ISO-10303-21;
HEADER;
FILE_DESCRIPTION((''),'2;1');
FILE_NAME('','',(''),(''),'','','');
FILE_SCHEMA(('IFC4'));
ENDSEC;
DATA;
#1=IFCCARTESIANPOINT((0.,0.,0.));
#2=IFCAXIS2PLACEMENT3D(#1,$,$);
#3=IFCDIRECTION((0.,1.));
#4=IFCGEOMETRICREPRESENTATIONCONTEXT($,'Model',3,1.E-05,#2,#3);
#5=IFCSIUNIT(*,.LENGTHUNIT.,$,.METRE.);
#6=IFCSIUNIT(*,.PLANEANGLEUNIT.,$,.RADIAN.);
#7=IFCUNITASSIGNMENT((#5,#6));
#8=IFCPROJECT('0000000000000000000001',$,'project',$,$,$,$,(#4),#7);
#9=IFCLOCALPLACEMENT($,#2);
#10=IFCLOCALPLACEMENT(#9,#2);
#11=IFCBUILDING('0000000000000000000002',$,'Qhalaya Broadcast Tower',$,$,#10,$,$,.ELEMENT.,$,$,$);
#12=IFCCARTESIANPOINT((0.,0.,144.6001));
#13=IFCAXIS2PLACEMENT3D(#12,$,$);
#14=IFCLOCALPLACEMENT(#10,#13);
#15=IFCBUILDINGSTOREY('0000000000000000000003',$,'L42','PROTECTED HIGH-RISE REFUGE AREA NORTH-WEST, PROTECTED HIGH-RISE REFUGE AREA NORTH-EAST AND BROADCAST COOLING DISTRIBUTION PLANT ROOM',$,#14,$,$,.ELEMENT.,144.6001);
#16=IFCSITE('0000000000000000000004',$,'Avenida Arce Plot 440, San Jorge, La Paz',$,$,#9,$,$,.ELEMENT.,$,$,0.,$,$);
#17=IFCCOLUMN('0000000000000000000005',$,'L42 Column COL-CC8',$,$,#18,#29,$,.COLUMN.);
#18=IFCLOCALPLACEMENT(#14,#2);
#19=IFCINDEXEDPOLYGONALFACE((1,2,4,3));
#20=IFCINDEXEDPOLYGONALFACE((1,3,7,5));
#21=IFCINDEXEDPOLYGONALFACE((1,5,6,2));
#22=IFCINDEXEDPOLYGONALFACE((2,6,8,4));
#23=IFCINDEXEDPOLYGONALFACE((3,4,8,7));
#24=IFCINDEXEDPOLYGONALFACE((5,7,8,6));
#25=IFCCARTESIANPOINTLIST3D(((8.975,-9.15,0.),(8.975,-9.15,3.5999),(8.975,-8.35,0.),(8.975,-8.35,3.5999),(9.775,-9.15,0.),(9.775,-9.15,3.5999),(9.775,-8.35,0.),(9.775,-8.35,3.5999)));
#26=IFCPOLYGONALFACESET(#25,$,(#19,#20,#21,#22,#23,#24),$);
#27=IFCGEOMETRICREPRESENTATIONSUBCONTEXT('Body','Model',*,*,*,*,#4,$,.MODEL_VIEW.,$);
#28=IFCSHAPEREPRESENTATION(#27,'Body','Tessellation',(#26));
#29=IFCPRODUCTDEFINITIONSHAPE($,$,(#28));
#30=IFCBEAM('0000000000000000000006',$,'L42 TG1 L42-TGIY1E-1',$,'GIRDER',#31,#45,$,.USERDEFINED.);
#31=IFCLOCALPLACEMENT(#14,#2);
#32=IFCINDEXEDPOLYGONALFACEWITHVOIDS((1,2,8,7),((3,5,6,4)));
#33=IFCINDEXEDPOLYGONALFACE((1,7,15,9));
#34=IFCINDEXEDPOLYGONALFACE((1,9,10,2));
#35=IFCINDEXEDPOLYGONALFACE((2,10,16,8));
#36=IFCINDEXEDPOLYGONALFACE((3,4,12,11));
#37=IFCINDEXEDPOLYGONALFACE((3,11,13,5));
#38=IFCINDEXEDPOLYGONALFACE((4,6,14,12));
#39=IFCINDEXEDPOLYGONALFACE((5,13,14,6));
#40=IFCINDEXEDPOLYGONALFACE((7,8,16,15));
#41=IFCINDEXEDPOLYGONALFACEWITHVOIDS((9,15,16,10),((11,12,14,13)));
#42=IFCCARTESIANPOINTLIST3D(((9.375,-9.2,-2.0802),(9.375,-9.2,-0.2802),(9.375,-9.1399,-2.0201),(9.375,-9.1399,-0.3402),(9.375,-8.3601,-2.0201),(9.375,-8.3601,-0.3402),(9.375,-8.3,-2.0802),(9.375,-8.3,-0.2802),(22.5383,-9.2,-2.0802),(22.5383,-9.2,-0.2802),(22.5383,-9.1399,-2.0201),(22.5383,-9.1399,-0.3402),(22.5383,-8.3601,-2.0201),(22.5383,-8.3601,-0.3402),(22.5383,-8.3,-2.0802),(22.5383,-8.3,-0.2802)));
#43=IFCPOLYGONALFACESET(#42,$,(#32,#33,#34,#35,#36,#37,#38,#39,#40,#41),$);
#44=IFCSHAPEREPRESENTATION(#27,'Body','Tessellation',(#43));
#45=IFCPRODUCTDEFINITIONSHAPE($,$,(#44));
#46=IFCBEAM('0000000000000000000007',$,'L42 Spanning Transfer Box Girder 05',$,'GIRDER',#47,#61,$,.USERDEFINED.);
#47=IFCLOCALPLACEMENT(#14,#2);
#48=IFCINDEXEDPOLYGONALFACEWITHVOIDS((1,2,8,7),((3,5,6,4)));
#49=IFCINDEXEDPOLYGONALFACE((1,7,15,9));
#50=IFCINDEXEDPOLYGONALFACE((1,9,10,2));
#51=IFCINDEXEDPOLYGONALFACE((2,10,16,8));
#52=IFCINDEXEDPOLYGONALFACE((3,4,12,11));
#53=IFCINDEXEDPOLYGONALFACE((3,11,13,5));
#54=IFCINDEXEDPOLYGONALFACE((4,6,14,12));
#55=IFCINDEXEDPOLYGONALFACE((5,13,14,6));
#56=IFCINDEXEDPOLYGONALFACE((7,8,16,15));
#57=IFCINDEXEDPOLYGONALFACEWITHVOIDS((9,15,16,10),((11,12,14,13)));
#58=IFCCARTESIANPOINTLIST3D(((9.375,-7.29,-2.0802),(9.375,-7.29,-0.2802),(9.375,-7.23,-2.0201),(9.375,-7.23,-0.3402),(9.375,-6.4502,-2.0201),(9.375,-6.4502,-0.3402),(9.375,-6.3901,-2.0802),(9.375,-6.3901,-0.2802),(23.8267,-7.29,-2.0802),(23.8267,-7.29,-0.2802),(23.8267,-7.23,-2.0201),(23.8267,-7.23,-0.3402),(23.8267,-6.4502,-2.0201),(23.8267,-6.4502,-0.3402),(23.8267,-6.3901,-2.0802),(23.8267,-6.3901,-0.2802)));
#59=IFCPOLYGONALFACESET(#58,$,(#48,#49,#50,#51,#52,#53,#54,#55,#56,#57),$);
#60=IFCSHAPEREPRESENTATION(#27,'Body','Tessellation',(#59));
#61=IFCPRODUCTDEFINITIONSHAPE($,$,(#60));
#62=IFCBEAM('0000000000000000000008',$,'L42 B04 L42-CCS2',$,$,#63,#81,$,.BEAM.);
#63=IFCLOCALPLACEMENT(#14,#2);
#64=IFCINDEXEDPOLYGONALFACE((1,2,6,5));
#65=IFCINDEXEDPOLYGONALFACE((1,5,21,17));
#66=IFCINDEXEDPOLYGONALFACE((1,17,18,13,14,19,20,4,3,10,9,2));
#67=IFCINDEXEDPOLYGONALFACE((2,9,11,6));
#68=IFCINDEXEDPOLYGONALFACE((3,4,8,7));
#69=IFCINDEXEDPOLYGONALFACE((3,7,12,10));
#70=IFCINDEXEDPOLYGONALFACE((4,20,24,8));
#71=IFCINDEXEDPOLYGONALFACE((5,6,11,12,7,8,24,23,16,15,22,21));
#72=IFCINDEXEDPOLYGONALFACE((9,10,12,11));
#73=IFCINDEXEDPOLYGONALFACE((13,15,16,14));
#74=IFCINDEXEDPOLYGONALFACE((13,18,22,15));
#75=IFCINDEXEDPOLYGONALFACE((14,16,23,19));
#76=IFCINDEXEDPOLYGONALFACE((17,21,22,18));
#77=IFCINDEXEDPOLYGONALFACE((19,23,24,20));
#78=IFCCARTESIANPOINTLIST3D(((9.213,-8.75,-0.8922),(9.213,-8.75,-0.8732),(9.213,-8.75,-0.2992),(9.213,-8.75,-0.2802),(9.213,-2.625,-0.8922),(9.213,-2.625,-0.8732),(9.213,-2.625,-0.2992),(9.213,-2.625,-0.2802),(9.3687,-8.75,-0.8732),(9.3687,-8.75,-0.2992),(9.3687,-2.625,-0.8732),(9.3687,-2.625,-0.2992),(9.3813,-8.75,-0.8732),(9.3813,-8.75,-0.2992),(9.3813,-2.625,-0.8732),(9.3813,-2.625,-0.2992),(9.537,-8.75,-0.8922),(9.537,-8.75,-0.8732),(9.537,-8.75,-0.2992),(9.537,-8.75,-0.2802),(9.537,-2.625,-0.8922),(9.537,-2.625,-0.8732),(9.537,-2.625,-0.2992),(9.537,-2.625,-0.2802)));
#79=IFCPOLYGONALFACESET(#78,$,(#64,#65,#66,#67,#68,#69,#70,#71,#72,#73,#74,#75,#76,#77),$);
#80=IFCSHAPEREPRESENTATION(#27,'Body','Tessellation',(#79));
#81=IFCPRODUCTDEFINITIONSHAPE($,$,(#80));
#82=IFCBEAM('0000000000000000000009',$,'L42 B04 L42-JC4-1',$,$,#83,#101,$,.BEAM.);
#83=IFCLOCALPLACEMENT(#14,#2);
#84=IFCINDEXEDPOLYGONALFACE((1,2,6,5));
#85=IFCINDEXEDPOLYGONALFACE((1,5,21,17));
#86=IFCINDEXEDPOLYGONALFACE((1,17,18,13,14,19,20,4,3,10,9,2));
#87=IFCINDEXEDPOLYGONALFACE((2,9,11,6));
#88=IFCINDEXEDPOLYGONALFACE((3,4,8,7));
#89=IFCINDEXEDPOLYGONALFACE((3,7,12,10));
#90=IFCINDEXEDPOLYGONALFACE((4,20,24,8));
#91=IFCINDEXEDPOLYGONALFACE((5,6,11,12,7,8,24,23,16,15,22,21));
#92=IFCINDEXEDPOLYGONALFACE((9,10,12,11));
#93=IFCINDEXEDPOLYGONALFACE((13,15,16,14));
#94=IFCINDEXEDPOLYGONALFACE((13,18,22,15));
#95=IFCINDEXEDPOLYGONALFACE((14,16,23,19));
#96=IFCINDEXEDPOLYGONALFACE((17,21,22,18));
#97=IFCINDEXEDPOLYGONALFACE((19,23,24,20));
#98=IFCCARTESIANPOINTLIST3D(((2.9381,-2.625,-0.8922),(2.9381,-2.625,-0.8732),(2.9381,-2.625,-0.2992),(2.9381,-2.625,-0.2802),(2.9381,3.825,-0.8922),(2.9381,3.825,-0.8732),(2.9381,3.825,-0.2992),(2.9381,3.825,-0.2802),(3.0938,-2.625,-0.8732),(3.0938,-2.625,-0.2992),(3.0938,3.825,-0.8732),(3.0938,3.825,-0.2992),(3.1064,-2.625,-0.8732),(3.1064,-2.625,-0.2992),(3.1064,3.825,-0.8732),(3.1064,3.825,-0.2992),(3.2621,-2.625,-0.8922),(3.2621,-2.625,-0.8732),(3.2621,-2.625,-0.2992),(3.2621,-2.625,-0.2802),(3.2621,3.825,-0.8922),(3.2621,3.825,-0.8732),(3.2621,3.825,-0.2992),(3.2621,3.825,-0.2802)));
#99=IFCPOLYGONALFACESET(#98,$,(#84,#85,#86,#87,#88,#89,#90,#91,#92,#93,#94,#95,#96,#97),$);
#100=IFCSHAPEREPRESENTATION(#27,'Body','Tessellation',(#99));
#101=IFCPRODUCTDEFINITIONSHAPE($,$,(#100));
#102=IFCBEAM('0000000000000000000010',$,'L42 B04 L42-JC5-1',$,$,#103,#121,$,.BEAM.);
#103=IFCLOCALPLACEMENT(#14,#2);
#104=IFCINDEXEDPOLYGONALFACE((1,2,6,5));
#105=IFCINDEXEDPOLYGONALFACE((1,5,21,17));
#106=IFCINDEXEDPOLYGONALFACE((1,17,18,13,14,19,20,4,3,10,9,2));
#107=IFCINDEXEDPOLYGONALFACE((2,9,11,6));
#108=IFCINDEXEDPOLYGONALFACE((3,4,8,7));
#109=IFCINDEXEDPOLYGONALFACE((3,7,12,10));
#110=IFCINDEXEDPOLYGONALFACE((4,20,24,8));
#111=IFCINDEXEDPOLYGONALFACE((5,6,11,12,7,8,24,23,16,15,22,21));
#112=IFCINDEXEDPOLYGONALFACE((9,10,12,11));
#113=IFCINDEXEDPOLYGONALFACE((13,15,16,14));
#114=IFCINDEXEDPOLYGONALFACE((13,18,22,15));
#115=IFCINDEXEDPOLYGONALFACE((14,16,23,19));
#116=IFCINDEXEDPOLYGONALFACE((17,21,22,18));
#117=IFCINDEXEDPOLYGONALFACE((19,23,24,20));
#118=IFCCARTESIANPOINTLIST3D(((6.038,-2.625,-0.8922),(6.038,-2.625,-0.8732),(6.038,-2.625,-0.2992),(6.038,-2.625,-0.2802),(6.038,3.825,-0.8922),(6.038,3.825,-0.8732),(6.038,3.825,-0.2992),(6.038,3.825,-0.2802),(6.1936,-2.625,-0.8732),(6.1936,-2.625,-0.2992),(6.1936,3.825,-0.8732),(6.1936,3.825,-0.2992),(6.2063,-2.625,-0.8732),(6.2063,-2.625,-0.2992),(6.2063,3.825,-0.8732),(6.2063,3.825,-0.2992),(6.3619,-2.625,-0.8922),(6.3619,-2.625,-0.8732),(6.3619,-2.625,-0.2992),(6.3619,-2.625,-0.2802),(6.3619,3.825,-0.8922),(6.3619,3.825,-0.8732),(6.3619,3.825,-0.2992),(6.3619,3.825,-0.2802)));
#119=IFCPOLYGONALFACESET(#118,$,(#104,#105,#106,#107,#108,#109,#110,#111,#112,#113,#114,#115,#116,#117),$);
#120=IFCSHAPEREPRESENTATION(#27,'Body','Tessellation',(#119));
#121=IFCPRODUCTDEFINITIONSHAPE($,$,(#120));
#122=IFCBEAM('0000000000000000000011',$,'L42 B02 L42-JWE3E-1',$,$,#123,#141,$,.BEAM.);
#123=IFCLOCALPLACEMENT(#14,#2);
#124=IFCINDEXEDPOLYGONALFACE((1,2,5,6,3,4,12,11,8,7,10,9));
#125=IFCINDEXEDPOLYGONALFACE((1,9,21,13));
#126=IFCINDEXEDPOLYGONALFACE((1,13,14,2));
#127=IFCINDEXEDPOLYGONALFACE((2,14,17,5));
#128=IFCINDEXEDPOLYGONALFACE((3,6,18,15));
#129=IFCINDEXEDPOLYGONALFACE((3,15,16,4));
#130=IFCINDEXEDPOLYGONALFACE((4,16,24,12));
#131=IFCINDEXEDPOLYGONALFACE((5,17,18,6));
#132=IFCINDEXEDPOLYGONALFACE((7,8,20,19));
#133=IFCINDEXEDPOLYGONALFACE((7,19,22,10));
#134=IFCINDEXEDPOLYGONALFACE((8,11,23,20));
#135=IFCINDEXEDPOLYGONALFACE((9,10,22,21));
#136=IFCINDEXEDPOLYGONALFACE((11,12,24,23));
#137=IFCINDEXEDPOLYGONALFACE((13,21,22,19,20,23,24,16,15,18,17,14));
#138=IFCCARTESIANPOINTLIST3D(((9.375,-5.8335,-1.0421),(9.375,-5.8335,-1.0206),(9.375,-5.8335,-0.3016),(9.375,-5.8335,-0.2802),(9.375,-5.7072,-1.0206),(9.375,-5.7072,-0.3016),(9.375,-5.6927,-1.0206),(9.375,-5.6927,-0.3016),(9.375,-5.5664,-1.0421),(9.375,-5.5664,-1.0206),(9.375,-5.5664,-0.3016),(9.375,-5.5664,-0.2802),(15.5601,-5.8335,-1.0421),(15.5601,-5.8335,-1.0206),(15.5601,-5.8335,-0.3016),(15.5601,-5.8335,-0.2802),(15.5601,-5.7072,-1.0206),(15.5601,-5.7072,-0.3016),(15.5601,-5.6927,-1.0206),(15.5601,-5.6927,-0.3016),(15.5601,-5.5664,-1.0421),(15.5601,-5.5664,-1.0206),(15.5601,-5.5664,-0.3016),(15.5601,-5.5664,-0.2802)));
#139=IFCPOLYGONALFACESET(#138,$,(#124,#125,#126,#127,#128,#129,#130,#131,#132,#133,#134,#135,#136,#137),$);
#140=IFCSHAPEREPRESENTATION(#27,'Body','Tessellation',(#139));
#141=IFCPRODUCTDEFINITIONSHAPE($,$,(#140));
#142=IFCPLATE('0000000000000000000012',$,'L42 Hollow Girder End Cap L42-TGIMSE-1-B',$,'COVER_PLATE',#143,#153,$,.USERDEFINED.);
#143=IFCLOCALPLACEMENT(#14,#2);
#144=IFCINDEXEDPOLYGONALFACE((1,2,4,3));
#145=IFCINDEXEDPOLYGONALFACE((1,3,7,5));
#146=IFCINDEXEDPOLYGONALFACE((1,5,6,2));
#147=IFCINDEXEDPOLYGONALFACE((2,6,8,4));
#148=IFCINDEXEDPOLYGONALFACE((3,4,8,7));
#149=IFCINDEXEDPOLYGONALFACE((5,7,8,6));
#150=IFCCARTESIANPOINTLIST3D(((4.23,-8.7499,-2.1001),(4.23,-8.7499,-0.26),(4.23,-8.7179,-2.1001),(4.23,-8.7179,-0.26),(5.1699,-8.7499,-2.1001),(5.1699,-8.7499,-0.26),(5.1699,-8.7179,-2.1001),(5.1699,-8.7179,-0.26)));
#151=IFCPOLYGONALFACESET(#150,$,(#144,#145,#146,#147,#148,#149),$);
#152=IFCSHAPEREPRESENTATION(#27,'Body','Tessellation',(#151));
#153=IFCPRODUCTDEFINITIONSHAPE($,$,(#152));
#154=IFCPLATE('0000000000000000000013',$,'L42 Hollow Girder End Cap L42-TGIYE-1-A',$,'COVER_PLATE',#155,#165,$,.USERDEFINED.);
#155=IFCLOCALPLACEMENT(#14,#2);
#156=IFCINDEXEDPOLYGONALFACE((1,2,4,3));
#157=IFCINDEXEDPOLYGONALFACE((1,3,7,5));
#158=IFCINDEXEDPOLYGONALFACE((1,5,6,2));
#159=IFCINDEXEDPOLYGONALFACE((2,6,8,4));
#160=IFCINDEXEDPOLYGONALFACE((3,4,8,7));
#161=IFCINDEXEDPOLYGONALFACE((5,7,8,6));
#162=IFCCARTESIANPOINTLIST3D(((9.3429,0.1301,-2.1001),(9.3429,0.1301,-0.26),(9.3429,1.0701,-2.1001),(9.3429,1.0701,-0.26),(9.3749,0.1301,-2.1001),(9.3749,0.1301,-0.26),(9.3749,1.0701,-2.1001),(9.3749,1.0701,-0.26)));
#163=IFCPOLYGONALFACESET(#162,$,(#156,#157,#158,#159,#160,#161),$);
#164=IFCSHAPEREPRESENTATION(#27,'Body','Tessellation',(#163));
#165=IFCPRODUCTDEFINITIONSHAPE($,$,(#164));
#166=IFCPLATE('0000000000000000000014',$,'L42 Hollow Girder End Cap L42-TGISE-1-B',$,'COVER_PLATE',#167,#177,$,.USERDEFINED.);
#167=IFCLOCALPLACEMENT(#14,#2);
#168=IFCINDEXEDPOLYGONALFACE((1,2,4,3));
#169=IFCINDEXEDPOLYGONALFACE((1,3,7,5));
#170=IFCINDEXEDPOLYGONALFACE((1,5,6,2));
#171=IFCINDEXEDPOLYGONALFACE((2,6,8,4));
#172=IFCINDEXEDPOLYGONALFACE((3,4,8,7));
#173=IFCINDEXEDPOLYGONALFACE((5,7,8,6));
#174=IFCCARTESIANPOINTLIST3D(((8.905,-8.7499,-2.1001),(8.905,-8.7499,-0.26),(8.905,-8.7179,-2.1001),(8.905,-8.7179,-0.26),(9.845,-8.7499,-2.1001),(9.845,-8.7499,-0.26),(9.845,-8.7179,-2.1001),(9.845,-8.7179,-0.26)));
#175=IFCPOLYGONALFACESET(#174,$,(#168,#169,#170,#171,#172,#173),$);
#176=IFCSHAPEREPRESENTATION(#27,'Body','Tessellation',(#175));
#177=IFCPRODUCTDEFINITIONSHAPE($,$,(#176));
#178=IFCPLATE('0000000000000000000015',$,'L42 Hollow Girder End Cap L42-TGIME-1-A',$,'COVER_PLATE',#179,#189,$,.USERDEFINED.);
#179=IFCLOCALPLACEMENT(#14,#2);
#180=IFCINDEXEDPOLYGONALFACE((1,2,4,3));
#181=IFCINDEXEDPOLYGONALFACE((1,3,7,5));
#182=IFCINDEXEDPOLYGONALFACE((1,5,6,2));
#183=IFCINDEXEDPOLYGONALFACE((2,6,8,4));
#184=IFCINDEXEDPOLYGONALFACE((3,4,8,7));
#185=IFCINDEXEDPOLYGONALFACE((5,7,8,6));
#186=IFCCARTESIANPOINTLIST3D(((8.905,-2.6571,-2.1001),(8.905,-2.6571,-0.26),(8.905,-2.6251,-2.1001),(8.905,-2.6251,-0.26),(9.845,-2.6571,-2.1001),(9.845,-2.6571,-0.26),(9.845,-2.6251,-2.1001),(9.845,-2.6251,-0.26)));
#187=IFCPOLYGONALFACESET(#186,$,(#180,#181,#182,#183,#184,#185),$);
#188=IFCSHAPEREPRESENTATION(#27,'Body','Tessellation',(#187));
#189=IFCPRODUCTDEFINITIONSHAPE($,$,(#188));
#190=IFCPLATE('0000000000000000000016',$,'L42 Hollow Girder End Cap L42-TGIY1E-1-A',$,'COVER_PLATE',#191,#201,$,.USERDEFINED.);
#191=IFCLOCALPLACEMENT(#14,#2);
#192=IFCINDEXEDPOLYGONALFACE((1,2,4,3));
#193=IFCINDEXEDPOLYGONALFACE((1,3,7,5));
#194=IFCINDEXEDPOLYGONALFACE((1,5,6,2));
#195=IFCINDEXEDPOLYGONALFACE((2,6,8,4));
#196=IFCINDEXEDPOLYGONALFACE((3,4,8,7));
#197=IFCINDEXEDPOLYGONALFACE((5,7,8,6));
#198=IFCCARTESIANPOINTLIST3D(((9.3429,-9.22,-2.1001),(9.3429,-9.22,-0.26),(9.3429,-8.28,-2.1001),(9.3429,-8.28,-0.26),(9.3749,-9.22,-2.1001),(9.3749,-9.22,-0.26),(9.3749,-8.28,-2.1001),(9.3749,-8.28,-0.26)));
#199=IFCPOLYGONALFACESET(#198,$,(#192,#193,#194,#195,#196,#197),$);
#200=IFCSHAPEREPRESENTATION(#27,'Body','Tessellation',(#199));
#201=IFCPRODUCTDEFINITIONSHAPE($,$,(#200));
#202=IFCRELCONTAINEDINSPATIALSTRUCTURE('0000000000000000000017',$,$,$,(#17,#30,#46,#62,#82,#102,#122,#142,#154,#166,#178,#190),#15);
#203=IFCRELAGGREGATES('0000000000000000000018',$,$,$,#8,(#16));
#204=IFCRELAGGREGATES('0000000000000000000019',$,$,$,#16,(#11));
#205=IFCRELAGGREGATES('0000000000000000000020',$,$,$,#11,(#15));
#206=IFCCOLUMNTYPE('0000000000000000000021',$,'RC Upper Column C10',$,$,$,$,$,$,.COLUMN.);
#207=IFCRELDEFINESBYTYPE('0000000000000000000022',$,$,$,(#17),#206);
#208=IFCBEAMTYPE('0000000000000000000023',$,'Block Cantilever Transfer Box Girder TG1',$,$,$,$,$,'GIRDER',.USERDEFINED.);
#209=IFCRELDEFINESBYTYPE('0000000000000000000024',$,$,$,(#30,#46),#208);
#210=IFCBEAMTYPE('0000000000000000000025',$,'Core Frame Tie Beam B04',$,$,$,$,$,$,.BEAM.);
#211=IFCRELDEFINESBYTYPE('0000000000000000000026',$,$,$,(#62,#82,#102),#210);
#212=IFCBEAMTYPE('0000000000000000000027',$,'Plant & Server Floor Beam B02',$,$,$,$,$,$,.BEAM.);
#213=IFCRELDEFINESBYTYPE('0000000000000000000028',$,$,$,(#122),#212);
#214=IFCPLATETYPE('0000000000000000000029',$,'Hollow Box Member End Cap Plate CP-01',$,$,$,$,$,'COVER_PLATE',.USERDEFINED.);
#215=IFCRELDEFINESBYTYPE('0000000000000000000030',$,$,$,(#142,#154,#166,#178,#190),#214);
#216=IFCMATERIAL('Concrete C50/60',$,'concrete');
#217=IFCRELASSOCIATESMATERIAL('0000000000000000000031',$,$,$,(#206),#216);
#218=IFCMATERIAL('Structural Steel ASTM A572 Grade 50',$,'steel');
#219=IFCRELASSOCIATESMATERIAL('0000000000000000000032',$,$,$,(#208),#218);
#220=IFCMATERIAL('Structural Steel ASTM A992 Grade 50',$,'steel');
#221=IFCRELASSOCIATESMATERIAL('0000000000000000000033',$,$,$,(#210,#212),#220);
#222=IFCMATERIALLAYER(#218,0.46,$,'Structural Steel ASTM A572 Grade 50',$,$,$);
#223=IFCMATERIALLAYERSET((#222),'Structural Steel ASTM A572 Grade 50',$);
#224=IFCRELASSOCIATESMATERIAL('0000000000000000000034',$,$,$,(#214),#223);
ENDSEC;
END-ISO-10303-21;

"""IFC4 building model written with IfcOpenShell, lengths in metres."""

from ifc_helpers import new_model, si_unit, direction, frame, origin, origin_2d, place, context, subcontext, project, spatial, rectangle, hollow_rectangle, i_section, extrude, material, layer, layer_set, material_profile, profile_set, type_object, element, save


model = new_model("IFC4")

# Units and contexts
model_context = context("Model", 3, precision=1e-05, world=origin(), true_north=direction((0.0, 1.0)))
body_context = subcontext(model_context, "Body", "Model", "MODEL_VIEW")
ifc_project = project(units=[si_unit("LENGTHUNIT", "METRE"), si_unit("PLANEANGLEUNIT", "RADIAN")], contexts=[model_context])

# Site, building, storey
site_placement = place(None, origin())
site = spatial("IfcSite", under=ifc_project, at=site_placement, Name="Avenida Arce Plot 440, San Jorge, La Paz", CompositionType="ELEMENT", RefElevation=0.0)
building_placement = place(site_placement, origin())
building = spatial("IfcBuilding", under=site, at=building_placement, Name="Qhalaya Broadcast Tower", CompositionType="ELEMENT")
storey_placement = place(building_placement, frame((0.0, 0.0, 144.6001)))
storey = spatial("IfcBuildingStorey", under=building, at=storey_placement, Name="L42", Description="PROTECTED HIGH-RISE REFUGE AREA NORTH-WEST, PROTECTED HIGH-RISE REFUGE AREA NORTH-EAST AND BROADCAST COOLING DISTRIBUTION PLANT ROOM", CompositionType="ELEMENT", Elevation=144.6001)

# Column
ifc_material_1 = material(Name="Concrete C50/60", Category="concrete")
ifc_material_profile_1 = material_profile(ifc_material_1, rectangle(XDim=0.8, YDim=0.8, at=origin_2d()), Name="RC-COL 800x800")
ifc_profile_set_1 = profile_set([ifc_material_profile_1], Name="Concrete C50/60")
column_type = type_object("IfcColumnType", Name="RC Upper Column C10", PredefinedType="COLUMN", material=ifc_profile_set_1)
column_placement = place(storey_placement, frame((9.375, -8.75, 0.0), z_axis=(0.0, 0.0, 1.0), x_axis=(1.0, 0.0, 0.0)))
element("IfcColumn", 1, at=column_placement, inside=storey, type_object=column_type, Name="L42 Column COL-CC8", PredefinedType="COLUMN", context=body_context, shape_type="SweptSolid", body=[
    extrude(rectangle(XDim=0.8, YDim=0.8, at=origin_2d()), origin(), (0.0, 0.0, 1.0), 3.5999),
])

# Beams
ifc_material_2 = material(Name="Structural Steel ASTM A572 Grade 50", Category="steel")
ifc_material_profile_2 = material_profile(ifc_material_2, hollow_rectangle(XDim=0.8999, YDim=1.8, WallThickness=0.0601, at=origin_2d()), Name="BOX 900x1800x60")
ifc_profile_set_2 = profile_set([ifc_material_profile_2], Name="Structural Steel ASTM A572 Grade 50")
beam_type_1 = type_object("IfcBeamType", Name="Block Cantilever Transfer Box Girder TG1", ElementType="GIRDER", PredefinedType="USERDEFINED", material=ifc_profile_set_2)
beam_1_placement = place(storey_placement, frame((9.375, -8.75, -1.1802), z_axis=(1.0, 0.0, 0.0), x_axis=(0.0, 1.0, 0.0)))
element("IfcBeam", 2, at=beam_1_placement, inside=storey, type_object=beam_type_1, Name="L42 TG1 L42-TGIY1E-1", ObjectType="GIRDER", PredefinedType="USERDEFINED", context=body_context, shape_type="SweptSolid", body=[
    extrude(hollow_rectangle(XDim=0.8999, YDim=1.8, WallThickness=0.0601, at=origin_2d()), origin(), (0.0, 0.0, 1.0), 13.1633),
])
beam_2_placement = place(storey_placement, frame((9.375, -6.8401, -1.1802), z_axis=(1.0, 0.0, 0.0), x_axis=(0.0, 1.0, 0.0)))
element("IfcBeam", 3, at=beam_2_placement, inside=storey, type_object=beam_type_1, Name="L42 Spanning Transfer Box Girder 05", ObjectType="GIRDER", PredefinedType="USERDEFINED", context=body_context, shape_type="SweptSolid", body=[
    extrude(hollow_rectangle(XDim=0.8999, YDim=1.8, WallThickness=0.0601, at=origin_2d()), origin(), (0.0, 0.0, 1.0), 14.4517),
])
ifc_material_3 = material(Name="Structural Steel ASTM A992 Grade 50", Category="steel")
ifc_material_profile_3 = material_profile(ifc_material_3, i_section(OverallWidth=0.324, OverallDepth=0.6121, WebThickness=0.0127, FlangeThickness=0.019, at=origin_2d()), Name="W24X104")
ifc_profile_set_3 = profile_set([ifc_material_profile_3], Name="Structural Steel ASTM A992 Grade 50")
beam_type_2 = type_object("IfcBeamType", Name="Core Frame Tie Beam B04", PredefinedType="BEAM", material=ifc_profile_set_3)
beam_3_placement = place(storey_placement, frame((9.375, -8.75, -0.5862), z_axis=(0.0, 1.0, 0.0), x_axis=(-1.0, 0.0, 0.0)))
element("IfcBeam", 4, at=beam_3_placement, inside=storey, type_object=beam_type_2, Name="L42 B04 L42-CCS2", PredefinedType="BEAM", context=body_context, shape_type="SweptSolid", body=[
    extrude(i_section(OverallWidth=0.324, OverallDepth=0.6121, WebThickness=0.0127, FlangeThickness=0.019, at=origin_2d()), origin(), (0.0, 0.0, 1.0), 6.125),
])
for number, where, z_axis, x_axis, name in (
    (5, (3.1001, -2.625, -0.5862), (0.0, 1.0, 0.0), (-1.0, 0.0, 0.0), "L42 B04 L42-JC4-1"),
    (6, (6.2, -2.625, -0.5862), (0.0, 1.0, 0.0), (-1.0, 0.0, 0.0), "L42 B04 L42-JC5-1"),
):
    element("IfcBeam", number, at=place(storey_placement, frame(where, z_axis=z_axis, x_axis=x_axis)), inside=storey, type_object=beam_type_2, Name=name, PredefinedType="BEAM", context=body_context, shape_type="SweptSolid", body=[
        extrude(i_section(OverallWidth=0.324, OverallDepth=0.6121, WebThickness=0.0127, FlangeThickness=0.019, at=origin_2d()), origin(), (0.0, 0.0, 1.0), 6.45),
    ])
ifc_material_profile_4 = material_profile(ifc_material_3, i_section(OverallWidth=0.2671, OverallDepth=0.762, WebThickness=0.0144, FlangeThickness=0.0215, at=origin_2d()), Name="W30X116")
ifc_profile_set_4 = profile_set([ifc_material_profile_4], Name="Structural Steel ASTM A992 Grade 50")
beam_type_3 = type_object("IfcBeamType", Name="Plant & Server Floor Beam B02", PredefinedType="BEAM", material=ifc_profile_set_4)
beam_4_placement = place(storey_placement, frame((9.375, -5.7, -0.6611), z_axis=(1.0, 0.0, 0.0), x_axis=(0.0, 1.0, 0.0)))
element("IfcBeam", 7, at=beam_4_placement, inside=storey, type_object=beam_type_3, Name="L42 B02 L42-JWE3E-1", PredefinedType="BEAM", context=body_context, shape_type="SweptSolid", body=[
    extrude(i_section(OverallWidth=0.2671, OverallDepth=0.762, WebThickness=0.0144, FlangeThickness=0.0215, at=origin_2d()), origin(), (0.0, 0.0, 1.0), 6.1851),
])

# Plates
ifc_layer_1 = layer(ifc_material_2, 0.46, Name="Structural Steel ASTM A572 Grade 50")
ifc_layer_set_1 = layer_set([ifc_layer_1], Name="Structural Steel ASTM A572 Grade 50")
plate_type_1 = type_object("IfcPlateType", Name="Hollow Box Member End Cap Plate CP-01", ElementType="COVER_PLATE", PredefinedType="USERDEFINED", material=ifc_layer_set_1)
for number, where, z_axis, x_axis, name in (
    (8, (4.7, -8.7339, -2.1001), (0.0, 0.0, 1.0), (-1.0, 0.0, 0.0), "L42 Hollow Girder End Cap L42-TGIMSE-1-B"),
    (9, (9.3589, 0.6001, -2.1001), (0.0, 0.0, 1.0), (0.0, 1.0, 0.0), "L42 Hollow Girder End Cap L42-TGIYE-1-A"),
    (10, (9.375, -8.7339, -2.1001), (0.0, 0.0, 1.0), (-1.0, 0.0, 0.0), "L42 Hollow Girder End Cap L42-TGISE-1-B"),
    (11, (9.375, -2.6411, -2.1001), (0.0, 0.0, 1.0), (-1.0, 0.0, 0.0), "L42 Hollow Girder End Cap L42-TGIME-1-A"),
    (12, (9.3589, -8.75, -2.1001), (0.0, 0.0, 1.0), (0.0, 1.0, 0.0), "L42 Hollow Girder End Cap L42-TGIY1E-1-A"),
):
    element("IfcPlate", number, at=place(storey_placement, frame(where, z_axis=z_axis, x_axis=x_axis)), inside=storey, type_object=plate_type_1, Name=name, ObjectType="COVER_PLATE", PredefinedType="USERDEFINED", context=body_context, shape_type="SweptSolid", body=[
        extrude(rectangle(XDim=0.9399, YDim=0.032, at=origin_2d()), origin(), (0.0, 0.0, 1.0), 1.8401),
    ])

save(model, "model.ifc")
